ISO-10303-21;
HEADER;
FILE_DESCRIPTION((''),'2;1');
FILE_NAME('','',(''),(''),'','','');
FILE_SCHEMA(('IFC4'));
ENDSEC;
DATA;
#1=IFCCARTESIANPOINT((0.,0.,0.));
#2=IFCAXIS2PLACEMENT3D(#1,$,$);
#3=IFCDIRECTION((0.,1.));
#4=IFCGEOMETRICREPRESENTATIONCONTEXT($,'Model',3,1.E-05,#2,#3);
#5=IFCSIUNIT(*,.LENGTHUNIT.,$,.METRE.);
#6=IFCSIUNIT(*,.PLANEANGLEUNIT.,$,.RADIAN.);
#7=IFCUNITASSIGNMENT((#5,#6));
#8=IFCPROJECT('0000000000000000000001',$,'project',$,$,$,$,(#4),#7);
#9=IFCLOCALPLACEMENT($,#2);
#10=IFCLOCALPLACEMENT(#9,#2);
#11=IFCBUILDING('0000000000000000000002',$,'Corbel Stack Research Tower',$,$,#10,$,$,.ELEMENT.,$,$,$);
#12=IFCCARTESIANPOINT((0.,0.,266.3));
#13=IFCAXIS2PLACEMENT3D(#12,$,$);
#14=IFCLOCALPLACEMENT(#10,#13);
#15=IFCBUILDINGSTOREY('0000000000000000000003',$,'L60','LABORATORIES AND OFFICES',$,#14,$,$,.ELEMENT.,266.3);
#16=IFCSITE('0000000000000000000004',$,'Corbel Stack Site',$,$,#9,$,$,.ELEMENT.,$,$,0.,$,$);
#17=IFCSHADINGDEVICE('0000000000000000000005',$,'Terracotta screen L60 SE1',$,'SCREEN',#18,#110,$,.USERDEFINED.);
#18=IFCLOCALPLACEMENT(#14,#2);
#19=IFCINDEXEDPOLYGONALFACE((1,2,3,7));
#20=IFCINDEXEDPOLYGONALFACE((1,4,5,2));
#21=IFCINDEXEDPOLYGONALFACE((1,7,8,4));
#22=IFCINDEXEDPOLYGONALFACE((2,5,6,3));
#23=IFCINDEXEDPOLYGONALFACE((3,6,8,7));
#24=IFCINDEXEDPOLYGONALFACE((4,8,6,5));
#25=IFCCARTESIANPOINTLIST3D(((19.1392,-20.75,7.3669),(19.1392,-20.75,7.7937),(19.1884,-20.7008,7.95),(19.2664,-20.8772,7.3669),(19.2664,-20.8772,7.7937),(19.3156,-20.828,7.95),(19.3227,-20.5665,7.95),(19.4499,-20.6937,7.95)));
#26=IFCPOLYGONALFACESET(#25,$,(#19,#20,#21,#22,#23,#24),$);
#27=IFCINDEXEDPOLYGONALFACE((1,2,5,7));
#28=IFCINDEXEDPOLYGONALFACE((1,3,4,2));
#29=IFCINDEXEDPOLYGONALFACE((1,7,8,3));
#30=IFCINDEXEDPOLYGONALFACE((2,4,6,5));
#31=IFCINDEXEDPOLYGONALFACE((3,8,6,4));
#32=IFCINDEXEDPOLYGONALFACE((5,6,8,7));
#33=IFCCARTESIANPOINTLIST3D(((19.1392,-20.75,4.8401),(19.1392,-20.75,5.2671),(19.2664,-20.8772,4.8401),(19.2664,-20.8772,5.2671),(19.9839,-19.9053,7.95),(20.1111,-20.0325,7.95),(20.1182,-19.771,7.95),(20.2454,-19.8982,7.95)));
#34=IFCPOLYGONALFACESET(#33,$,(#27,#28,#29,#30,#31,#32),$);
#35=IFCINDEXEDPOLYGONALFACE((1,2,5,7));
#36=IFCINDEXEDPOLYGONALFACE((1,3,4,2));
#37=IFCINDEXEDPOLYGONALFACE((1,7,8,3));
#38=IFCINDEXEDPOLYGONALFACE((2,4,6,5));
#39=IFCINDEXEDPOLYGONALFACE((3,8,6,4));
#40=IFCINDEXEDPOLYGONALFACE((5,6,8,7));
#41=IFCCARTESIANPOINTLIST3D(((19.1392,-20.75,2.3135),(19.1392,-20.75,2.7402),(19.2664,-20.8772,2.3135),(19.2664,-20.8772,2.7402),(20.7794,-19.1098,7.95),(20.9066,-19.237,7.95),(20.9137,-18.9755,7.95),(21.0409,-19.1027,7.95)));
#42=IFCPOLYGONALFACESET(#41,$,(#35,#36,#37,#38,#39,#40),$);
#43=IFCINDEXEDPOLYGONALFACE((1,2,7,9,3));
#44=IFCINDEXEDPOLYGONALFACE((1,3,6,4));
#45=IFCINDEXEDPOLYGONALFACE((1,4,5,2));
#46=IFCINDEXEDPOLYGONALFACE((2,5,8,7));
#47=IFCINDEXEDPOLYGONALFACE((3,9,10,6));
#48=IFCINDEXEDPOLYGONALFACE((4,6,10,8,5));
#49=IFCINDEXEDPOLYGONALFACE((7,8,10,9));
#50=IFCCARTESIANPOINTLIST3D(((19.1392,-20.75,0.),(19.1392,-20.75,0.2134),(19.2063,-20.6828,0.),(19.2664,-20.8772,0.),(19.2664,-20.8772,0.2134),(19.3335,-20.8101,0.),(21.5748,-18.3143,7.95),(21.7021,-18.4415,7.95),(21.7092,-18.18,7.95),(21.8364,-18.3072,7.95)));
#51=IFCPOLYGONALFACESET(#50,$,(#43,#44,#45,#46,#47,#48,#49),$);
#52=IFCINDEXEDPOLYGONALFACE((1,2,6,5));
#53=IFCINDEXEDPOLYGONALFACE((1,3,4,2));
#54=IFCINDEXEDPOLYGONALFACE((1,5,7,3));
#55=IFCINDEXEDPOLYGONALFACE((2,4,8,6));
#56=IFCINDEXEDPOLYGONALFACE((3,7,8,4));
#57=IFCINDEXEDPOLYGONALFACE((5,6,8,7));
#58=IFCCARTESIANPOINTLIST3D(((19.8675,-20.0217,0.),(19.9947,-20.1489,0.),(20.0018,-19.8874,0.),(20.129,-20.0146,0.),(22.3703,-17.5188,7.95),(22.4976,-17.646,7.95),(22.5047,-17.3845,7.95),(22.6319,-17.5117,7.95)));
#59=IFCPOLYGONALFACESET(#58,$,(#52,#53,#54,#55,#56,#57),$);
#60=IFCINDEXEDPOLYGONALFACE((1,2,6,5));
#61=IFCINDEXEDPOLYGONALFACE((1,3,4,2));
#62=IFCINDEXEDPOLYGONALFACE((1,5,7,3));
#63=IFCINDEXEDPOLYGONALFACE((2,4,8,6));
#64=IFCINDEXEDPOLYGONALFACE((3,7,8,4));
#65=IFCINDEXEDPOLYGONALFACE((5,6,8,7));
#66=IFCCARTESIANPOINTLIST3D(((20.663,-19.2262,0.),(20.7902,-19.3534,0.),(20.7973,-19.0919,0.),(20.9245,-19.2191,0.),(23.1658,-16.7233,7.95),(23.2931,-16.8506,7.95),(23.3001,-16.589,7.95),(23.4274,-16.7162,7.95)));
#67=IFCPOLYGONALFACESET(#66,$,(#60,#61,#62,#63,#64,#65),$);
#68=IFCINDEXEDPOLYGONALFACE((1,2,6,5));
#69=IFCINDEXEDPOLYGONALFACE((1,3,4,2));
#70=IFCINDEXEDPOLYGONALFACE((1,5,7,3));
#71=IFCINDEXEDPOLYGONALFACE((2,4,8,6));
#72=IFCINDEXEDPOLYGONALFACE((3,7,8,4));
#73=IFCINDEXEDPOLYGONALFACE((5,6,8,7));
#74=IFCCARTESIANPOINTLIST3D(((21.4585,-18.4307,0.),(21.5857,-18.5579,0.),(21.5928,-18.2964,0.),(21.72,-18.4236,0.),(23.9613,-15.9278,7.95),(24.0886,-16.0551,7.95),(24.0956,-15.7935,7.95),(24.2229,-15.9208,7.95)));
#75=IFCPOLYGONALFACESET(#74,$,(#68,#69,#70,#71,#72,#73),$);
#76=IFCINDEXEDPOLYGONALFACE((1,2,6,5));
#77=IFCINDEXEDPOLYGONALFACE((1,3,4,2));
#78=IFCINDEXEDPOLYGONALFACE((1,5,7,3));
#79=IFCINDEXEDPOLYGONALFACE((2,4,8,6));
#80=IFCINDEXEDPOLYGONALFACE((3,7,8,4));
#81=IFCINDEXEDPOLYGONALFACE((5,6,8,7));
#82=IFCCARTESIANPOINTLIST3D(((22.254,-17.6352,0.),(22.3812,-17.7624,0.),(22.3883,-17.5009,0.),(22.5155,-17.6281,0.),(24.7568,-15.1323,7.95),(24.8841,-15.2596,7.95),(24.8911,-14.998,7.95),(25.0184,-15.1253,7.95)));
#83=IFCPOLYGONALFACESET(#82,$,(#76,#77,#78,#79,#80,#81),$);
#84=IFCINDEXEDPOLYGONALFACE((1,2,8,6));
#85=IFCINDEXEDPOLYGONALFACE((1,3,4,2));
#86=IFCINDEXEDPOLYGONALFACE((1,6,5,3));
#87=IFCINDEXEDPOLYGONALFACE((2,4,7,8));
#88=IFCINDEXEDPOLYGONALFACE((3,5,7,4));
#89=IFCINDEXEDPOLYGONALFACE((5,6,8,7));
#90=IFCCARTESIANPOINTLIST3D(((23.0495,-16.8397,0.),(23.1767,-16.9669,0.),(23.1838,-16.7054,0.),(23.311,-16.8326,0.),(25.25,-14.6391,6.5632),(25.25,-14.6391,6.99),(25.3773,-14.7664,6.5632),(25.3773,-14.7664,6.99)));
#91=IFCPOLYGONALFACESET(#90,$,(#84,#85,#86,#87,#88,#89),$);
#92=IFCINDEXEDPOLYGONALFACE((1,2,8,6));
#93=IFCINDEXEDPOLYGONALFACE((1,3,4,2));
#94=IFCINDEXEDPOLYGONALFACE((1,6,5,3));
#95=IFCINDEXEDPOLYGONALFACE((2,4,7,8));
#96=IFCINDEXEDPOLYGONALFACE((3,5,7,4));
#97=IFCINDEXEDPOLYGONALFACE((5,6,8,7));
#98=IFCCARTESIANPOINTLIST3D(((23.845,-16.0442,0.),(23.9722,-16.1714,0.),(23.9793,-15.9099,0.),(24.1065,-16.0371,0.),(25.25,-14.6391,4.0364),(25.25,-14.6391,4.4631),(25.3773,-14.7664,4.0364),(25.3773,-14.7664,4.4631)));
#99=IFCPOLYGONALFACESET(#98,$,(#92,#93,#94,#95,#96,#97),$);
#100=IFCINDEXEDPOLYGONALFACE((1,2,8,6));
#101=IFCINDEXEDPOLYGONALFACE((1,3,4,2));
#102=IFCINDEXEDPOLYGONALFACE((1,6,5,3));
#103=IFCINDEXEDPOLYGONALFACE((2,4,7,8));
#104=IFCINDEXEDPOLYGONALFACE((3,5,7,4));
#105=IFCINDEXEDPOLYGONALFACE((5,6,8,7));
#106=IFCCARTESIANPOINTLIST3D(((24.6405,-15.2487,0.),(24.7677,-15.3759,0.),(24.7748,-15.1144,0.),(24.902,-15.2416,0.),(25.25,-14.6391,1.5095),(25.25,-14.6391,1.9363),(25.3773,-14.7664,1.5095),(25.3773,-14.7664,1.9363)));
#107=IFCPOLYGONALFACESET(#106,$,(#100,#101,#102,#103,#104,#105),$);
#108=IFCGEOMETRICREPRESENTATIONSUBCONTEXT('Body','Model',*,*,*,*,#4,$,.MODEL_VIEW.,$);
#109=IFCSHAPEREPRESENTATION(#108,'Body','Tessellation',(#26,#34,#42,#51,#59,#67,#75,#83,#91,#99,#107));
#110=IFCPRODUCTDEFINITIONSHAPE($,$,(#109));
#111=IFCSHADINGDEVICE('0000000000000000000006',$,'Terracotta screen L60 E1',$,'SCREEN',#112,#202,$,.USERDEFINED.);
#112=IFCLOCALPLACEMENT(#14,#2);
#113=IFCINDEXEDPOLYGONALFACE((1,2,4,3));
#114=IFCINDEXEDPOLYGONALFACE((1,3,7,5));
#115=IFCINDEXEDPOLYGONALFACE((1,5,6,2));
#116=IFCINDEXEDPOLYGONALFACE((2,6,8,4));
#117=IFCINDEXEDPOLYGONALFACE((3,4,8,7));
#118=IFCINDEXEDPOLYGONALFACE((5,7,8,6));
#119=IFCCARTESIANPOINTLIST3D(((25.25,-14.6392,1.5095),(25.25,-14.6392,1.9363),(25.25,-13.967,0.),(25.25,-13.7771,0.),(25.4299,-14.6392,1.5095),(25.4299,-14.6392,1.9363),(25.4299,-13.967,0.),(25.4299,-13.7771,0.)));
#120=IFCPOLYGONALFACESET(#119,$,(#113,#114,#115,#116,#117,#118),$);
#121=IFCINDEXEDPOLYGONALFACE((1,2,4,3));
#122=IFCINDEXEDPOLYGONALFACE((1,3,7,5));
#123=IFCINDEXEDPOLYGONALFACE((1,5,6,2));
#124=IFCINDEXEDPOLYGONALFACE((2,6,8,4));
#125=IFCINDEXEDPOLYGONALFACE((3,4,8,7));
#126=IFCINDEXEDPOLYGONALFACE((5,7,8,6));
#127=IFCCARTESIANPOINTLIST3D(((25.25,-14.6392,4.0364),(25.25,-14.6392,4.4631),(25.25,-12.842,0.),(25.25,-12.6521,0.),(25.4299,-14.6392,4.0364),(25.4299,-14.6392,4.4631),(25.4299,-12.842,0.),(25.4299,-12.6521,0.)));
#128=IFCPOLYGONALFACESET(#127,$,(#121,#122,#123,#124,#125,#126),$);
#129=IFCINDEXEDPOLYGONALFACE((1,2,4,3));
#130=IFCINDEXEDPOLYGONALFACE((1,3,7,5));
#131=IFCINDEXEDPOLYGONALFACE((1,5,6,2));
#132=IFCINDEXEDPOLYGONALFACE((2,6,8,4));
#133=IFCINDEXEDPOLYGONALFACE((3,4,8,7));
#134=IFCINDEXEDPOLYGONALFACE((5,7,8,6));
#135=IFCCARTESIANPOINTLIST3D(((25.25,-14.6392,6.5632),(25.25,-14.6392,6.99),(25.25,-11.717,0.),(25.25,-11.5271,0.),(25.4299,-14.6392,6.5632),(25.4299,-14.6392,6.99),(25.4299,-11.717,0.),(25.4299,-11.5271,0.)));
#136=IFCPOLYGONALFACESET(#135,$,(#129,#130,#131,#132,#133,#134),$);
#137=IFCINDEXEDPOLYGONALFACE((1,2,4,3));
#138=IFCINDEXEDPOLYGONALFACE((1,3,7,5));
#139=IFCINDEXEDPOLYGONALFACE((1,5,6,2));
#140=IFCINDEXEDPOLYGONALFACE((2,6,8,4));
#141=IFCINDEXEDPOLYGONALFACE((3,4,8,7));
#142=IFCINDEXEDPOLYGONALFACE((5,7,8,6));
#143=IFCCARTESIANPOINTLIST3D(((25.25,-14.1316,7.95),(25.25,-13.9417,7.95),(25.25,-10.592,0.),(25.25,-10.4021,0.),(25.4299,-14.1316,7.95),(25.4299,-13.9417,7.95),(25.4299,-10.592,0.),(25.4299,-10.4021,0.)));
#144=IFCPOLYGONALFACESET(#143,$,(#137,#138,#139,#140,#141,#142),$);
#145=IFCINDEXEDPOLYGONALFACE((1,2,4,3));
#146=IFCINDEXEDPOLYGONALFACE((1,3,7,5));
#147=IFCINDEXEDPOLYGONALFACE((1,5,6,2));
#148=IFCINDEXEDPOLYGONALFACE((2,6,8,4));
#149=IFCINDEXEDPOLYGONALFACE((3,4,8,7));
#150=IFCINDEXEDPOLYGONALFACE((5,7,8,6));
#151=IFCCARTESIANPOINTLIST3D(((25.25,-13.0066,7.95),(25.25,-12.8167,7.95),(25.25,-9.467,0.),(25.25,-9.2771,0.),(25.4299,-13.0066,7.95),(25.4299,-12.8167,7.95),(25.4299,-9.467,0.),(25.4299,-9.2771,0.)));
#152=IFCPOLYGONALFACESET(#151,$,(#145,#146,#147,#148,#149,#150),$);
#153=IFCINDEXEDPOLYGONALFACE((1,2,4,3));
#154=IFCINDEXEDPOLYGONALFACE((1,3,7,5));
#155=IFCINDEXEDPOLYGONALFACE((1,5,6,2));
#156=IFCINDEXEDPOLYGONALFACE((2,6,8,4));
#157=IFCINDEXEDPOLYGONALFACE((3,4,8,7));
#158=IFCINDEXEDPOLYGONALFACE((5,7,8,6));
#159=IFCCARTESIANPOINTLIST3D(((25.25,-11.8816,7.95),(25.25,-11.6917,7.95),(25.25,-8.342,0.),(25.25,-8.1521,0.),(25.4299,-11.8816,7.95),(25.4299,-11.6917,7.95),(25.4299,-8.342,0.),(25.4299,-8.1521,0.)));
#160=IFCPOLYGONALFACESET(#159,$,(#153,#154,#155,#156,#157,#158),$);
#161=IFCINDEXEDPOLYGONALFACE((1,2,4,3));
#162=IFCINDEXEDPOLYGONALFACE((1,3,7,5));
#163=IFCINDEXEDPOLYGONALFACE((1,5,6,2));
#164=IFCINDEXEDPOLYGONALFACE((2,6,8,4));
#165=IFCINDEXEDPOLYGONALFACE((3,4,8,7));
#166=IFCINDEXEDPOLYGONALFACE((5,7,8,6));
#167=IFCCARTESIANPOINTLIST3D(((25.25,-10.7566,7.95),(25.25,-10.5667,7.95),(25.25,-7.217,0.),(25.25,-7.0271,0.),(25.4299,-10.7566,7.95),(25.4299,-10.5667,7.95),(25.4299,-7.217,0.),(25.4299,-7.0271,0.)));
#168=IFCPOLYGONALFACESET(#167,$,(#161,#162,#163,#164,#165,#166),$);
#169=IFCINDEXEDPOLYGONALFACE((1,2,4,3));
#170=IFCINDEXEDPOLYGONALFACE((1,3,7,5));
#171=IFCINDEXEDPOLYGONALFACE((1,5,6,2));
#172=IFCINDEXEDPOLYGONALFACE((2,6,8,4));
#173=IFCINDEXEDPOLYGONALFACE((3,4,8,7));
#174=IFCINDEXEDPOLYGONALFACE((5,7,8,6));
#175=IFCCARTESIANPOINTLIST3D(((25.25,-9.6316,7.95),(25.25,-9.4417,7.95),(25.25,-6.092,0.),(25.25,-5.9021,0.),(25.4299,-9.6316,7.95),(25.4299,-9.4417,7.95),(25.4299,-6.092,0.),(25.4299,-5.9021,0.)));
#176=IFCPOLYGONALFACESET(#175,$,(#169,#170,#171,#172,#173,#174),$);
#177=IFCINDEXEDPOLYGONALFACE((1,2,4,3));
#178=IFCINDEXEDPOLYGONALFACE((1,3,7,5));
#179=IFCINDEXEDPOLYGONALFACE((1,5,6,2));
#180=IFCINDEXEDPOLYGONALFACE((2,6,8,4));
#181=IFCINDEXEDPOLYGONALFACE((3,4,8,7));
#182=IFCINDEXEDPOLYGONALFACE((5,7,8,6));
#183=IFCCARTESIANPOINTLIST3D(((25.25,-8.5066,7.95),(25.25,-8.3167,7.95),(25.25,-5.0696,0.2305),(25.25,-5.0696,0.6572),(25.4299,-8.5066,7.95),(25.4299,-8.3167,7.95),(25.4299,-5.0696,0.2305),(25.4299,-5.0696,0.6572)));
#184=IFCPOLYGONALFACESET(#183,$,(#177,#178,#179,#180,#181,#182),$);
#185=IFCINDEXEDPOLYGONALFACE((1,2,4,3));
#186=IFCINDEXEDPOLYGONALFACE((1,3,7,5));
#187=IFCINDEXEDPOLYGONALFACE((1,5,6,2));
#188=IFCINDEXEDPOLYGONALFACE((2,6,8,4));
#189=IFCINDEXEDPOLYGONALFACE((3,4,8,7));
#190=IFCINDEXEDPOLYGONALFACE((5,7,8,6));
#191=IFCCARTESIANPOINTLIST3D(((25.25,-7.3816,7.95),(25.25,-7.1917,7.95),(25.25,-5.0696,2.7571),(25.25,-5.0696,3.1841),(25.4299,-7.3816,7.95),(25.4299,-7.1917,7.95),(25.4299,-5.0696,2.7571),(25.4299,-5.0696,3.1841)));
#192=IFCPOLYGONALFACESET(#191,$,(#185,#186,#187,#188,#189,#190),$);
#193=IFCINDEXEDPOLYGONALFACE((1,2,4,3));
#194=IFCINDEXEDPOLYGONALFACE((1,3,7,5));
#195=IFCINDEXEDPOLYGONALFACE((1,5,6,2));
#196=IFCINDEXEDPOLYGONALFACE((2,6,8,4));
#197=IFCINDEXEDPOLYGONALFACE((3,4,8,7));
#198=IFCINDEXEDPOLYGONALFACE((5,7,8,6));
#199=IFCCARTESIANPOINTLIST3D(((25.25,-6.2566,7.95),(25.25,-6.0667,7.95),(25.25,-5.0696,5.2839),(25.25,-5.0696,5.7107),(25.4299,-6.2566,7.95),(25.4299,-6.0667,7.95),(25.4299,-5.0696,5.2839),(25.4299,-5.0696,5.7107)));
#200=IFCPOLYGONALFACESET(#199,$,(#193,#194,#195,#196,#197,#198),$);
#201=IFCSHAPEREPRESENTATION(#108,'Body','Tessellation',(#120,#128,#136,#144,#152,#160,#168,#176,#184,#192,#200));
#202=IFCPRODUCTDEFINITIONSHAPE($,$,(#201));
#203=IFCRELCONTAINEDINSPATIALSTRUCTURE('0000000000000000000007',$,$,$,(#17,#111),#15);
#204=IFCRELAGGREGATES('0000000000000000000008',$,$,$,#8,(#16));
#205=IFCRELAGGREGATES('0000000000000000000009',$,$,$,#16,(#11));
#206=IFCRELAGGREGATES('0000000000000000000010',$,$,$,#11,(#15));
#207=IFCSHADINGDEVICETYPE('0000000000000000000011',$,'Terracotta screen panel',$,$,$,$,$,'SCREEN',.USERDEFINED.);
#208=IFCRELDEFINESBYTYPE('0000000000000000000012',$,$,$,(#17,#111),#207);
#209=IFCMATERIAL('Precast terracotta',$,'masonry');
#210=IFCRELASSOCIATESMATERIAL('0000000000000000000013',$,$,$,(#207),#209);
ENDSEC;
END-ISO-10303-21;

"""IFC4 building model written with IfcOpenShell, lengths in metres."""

from ifc_helpers import new_model, si_unit, direction, frame, origin, place, context, subcontext, project, spatial, polyline, outline, extrude, source, transform, mapped, material, type_object, element, save


model = new_model("IFC4")

# Units and contexts
model_context = context("Model", 3, precision=1e-05, world=origin(), true_north=direction((0.0, 1.0)))
body_context = subcontext(model_context, "Body", "Model", "MODEL_VIEW")
ifc_project = project(units=[si_unit("LENGTHUNIT", "METRE"), si_unit("PLANEANGLEUNIT", "RADIAN")], contexts=[model_context])

# Site, building, storey
site_placement = place(None, origin())
site = spatial("IfcSite", under=ifc_project, at=site_placement, Name="Corbel Stack Site", CompositionType="ELEMENT", RefElevation=0.0)
building_placement = place(site_placement, origin())
building = spatial("IfcBuilding", under=site, at=building_placement, Name="Corbel Stack Research Tower", CompositionType="ELEMENT")
storey_placement = place(building_placement, frame((0.0, 0.0, 266.3)))
storey = spatial("IfcBuildingStorey", under=building, at=storey_placement, Name="L60", Description="LABORATORIES AND OFFICES", CompositionType="ELEMENT", Elevation=266.3)

# Shading devices
ifc_material_1 = material(Name="Precast terracotta", Category="masonry")
shading_device_type = type_object("IfcShadingDeviceType", Name="Terracotta screen panel", ElementType="SCREEN", PredefinedType="USERDEFINED", material=ifc_material_1)
shared_shape_1 = source(origin(), body_context, "Body", "SweptSolid", [
    extrude(outline(polyline([(0.2595, 7.95), (0.0696, 7.95), (0.0, 7.7937), (0.0, 7.3669), (0.2595, 7.95)])), frame((0.0, 0.0, 0.0), z_axis=(0.0, -1.0, 0.0), x_axis=(1.0, 0.0, 0.0)), (0.0, 0.0, 1.0), 0.1799),
    extrude(outline(polyline([(1.3845, 7.95), (1.1946, 7.95), (0.0, 5.2671), (0.0, 4.8401), (1.3845, 7.95)])), frame((0.0, 0.0, 0.0), z_axis=(0.0, -1.0, 0.0), x_axis=(1.0, 0.0, 0.0)), (0.0, 0.0, 1.0), 0.1799),
    extrude(outline(polyline([(2.5095, 7.95), (2.3196, 7.95), (0.0, 2.7402), (0.0, 2.3135), (2.5095, 7.95)])), frame((0.0, 0.0, 0.0), z_axis=(0.0, -1.0, 0.0), x_axis=(1.0, 0.0, 0.0)), (0.0, 0.0, 1.0), 0.1799),
    extrude(outline(polyline([(0.095, 0.0), (3.6345, 7.95), (3.4446, 7.95), (0.0, 0.2134), (0.0, 0.0), (0.095, 0.0)])), frame((0.0, 0.0, 0.0), z_axis=(0.0, -1.0, 0.0), x_axis=(1.0, 0.0, 0.0)), (0.0, 0.0, 1.0), 0.1799),
    extrude(outline(polyline([(1.22, 0.0), (4.7595, 7.95), (4.5696, 7.95), (1.03, 0.0), (1.22, 0.0)])), frame((0.0, 0.0, 0.0), z_axis=(0.0, -1.0, 0.0), x_axis=(1.0, 0.0, 0.0)), (0.0, 0.0, 1.0), 0.1799),
    extrude(outline(polyline([(2.345, 0.0), (5.8845, 7.95), (5.6946, 7.95), (2.155, 0.0), (2.345, 0.0)])), frame((0.0, 0.0, 0.0), z_axis=(0.0, -1.0, 0.0), x_axis=(1.0, 0.0, 0.0)), (0.0, 0.0, 1.0), 0.1799),
    extrude(outline(polyline([(3.47, 0.0), (7.0095, 7.95), (6.8196, 7.95), (3.28, 0.0), (3.47, 0.0)])), frame((0.0, 0.0, 0.0), z_axis=(0.0, -1.0, 0.0), x_axis=(1.0, 0.0, 0.0)), (0.0, 0.0, 1.0), 0.1799),
    extrude(outline(polyline([(4.595, 0.0), (8.1345, 7.95), (7.9446, 7.95), (4.405, 0.0), (4.595, 0.0)])), frame((0.0, 0.0, 0.0), z_axis=(0.0, -1.0, 0.0), x_axis=(1.0, 0.0, 0.0)), (0.0, 0.0, 1.0), 0.1799),
    extrude(outline(polyline([(5.72, 0.0), (8.6421, 6.5632), (8.6421, 6.99), (5.53, 0.0), (5.72, 0.0)])), frame((0.0, 0.0, 0.0), z_axis=(0.0, -1.0, 0.0), x_axis=(1.0, 0.0, 0.0)), (0.0, 0.0, 1.0), 0.1799),
    extrude(outline(polyline([(6.845, 0.0), (8.6421, 4.0364), (8.6421, 4.4631), (6.655, 0.0), (6.845, 0.0)])), frame((0.0, 0.0, 0.0), z_axis=(0.0, -1.0, 0.0), x_axis=(1.0, 0.0, 0.0)), (0.0, 0.0, 1.0), 0.1799),
    extrude(outline(polyline([(7.97, 0.0), (8.6421, 1.5095), (8.6421, 1.9363), (7.78, 0.0), (7.97, 0.0)])), frame((0.0, 0.0, 0.0), z_axis=(0.0, -1.0, 0.0), x_axis=(1.0, 0.0, 0.0)), (0.0, 0.0, 1.0), 0.1799),
])
shading_device_1_placement = place(storey_placement, frame((19.1392, -20.75, 0.0), z_axis=(0.0, 0.0, 1.0), x_axis=(0.707107, 0.707107, 0.0)))
element("IfcShadingDevice", 1, at=shading_device_1_placement, inside=storey, type_object=shading_device_type, Name="Terracotta screen L60 SE1", ObjectType="SCREEN", PredefinedType="USERDEFINED", context=body_context, shape_type="MappedRepresentation", body=[
    mapped(shared_shape_1, transform((0.0, 0.0, 0.0))),
])
shared_shape_2 = source(origin(), body_context, "Body", "SweptSolid", [
    extrude(outline(polyline([(0.8621, 0.0), (0.0, 1.9363), (0.0, 1.5095), (0.6721, 0.0), (0.8621, 0.0)])), frame((0.0, 0.0, 0.0), z_axis=(0.0, -1.0, 0.0), x_axis=(1.0, 0.0, 0.0)), (0.0, 0.0, 1.0), 0.1799),
    extrude(outline(polyline([(1.9871, 0.0), (0.0, 4.4631), (0.0, 4.0364), (1.7971, 0.0), (1.9871, 0.0)])), frame((0.0, 0.0, 0.0), z_axis=(0.0, -1.0, 0.0), x_axis=(1.0, 0.0, 0.0)), (0.0, 0.0, 1.0), 0.1799),
    extrude(outline(polyline([(3.1121, 0.0), (0.0, 6.99), (0.0, 6.5632), (2.9221, 0.0), (3.1121, 0.0)])), frame((0.0, 0.0, 0.0), z_axis=(0.0, -1.0, 0.0), x_axis=(1.0, 0.0, 0.0)), (0.0, 0.0, 1.0), 0.1799),
    extrude(outline(polyline([(4.2371, 0.0), (0.6975, 7.95), (0.5076, 7.95), (4.0471, 0.0), (4.2371, 0.0)])), frame((0.0, 0.0, 0.0), z_axis=(0.0, -1.0, 0.0), x_axis=(1.0, 0.0, 0.0)), (0.0, 0.0, 1.0), 0.1799),
    extrude(outline(polyline([(5.3621, 0.0), (1.8225, 7.95), (1.6326, 7.95), (5.1721, 0.0), (5.3621, 0.0)])), frame((0.0, 0.0, 0.0), z_axis=(0.0, -1.0, 0.0), x_axis=(1.0, 0.0, 0.0)), (0.0, 0.0, 1.0), 0.1799),
    extrude(outline(polyline([(6.4871, 0.0), (2.9475, 7.95), (2.7576, 7.95), (6.2971, 0.0), (6.4871, 0.0)])), frame((0.0, 0.0, 0.0), z_axis=(0.0, -1.0, 0.0), x_axis=(1.0, 0.0, 0.0)), (0.0, 0.0, 1.0), 0.1799),
    extrude(outline(polyline([(7.6121, 0.0), (4.0725, 7.95), (3.8826, 7.95), (7.4221, 0.0), (7.6121, 0.0)])), frame((0.0, 0.0, 0.0), z_axis=(0.0, -1.0, 0.0), x_axis=(1.0, 0.0, 0.0)), (0.0, 0.0, 1.0), 0.1799),
    extrude(outline(polyline([(8.7371, 0.0), (5.1975, 7.95), (5.0076, 7.95), (8.5471, 0.0), (8.7371, 0.0)])), frame((0.0, 0.0, 0.0), z_axis=(0.0, -1.0, 0.0), x_axis=(1.0, 0.0, 0.0)), (0.0, 0.0, 1.0), 0.1799),
    extrude(outline(polyline([(6.3225, 7.95), (6.1326, 7.95), (9.5696, 0.2305), (9.5696, 0.6572), (6.3225, 7.95)])), frame((0.0, 0.0, 0.0), z_axis=(0.0, -1.0, 0.0), x_axis=(1.0, 0.0, 0.0)), (0.0, 0.0, 1.0), 0.1799),
    extrude(outline(polyline([(7.4475, 7.95), (7.2576, 7.95), (9.5696, 2.7571), (9.5696, 3.1841), (7.4475, 7.95)])), frame((0.0, 0.0, 0.0), z_axis=(0.0, -1.0, 0.0), x_axis=(1.0, 0.0, 0.0)), (0.0, 0.0, 1.0), 0.1799),
    extrude(outline(polyline([(8.5725, 7.95), (8.3826, 7.95), (9.5696, 5.2839), (9.5696, 5.7107), (8.5725, 7.95)])), frame((0.0, 0.0, 0.0), z_axis=(0.0, -1.0, 0.0), x_axis=(1.0, 0.0, 0.0)), (0.0, 0.0, 1.0), 0.1799),
])
shading_device_2_placement = place(storey_placement, frame((25.25, -14.6392, 0.0), z_axis=(0.0, 0.0, 1.0), x_axis=(0.0, 1.0, 0.0)))
element("IfcShadingDevice", 2, at=shading_device_2_placement, inside=storey, type_object=shading_device_type, Name="Terracotta screen L60 E1", ObjectType="SCREEN", PredefinedType="USERDEFINED", context=body_context, shape_type="MappedRepresentation", body=[
    mapped(shared_shape_2, transform((0.0, 0.0, 0.0))),
])

save(model, "model.ifc")
